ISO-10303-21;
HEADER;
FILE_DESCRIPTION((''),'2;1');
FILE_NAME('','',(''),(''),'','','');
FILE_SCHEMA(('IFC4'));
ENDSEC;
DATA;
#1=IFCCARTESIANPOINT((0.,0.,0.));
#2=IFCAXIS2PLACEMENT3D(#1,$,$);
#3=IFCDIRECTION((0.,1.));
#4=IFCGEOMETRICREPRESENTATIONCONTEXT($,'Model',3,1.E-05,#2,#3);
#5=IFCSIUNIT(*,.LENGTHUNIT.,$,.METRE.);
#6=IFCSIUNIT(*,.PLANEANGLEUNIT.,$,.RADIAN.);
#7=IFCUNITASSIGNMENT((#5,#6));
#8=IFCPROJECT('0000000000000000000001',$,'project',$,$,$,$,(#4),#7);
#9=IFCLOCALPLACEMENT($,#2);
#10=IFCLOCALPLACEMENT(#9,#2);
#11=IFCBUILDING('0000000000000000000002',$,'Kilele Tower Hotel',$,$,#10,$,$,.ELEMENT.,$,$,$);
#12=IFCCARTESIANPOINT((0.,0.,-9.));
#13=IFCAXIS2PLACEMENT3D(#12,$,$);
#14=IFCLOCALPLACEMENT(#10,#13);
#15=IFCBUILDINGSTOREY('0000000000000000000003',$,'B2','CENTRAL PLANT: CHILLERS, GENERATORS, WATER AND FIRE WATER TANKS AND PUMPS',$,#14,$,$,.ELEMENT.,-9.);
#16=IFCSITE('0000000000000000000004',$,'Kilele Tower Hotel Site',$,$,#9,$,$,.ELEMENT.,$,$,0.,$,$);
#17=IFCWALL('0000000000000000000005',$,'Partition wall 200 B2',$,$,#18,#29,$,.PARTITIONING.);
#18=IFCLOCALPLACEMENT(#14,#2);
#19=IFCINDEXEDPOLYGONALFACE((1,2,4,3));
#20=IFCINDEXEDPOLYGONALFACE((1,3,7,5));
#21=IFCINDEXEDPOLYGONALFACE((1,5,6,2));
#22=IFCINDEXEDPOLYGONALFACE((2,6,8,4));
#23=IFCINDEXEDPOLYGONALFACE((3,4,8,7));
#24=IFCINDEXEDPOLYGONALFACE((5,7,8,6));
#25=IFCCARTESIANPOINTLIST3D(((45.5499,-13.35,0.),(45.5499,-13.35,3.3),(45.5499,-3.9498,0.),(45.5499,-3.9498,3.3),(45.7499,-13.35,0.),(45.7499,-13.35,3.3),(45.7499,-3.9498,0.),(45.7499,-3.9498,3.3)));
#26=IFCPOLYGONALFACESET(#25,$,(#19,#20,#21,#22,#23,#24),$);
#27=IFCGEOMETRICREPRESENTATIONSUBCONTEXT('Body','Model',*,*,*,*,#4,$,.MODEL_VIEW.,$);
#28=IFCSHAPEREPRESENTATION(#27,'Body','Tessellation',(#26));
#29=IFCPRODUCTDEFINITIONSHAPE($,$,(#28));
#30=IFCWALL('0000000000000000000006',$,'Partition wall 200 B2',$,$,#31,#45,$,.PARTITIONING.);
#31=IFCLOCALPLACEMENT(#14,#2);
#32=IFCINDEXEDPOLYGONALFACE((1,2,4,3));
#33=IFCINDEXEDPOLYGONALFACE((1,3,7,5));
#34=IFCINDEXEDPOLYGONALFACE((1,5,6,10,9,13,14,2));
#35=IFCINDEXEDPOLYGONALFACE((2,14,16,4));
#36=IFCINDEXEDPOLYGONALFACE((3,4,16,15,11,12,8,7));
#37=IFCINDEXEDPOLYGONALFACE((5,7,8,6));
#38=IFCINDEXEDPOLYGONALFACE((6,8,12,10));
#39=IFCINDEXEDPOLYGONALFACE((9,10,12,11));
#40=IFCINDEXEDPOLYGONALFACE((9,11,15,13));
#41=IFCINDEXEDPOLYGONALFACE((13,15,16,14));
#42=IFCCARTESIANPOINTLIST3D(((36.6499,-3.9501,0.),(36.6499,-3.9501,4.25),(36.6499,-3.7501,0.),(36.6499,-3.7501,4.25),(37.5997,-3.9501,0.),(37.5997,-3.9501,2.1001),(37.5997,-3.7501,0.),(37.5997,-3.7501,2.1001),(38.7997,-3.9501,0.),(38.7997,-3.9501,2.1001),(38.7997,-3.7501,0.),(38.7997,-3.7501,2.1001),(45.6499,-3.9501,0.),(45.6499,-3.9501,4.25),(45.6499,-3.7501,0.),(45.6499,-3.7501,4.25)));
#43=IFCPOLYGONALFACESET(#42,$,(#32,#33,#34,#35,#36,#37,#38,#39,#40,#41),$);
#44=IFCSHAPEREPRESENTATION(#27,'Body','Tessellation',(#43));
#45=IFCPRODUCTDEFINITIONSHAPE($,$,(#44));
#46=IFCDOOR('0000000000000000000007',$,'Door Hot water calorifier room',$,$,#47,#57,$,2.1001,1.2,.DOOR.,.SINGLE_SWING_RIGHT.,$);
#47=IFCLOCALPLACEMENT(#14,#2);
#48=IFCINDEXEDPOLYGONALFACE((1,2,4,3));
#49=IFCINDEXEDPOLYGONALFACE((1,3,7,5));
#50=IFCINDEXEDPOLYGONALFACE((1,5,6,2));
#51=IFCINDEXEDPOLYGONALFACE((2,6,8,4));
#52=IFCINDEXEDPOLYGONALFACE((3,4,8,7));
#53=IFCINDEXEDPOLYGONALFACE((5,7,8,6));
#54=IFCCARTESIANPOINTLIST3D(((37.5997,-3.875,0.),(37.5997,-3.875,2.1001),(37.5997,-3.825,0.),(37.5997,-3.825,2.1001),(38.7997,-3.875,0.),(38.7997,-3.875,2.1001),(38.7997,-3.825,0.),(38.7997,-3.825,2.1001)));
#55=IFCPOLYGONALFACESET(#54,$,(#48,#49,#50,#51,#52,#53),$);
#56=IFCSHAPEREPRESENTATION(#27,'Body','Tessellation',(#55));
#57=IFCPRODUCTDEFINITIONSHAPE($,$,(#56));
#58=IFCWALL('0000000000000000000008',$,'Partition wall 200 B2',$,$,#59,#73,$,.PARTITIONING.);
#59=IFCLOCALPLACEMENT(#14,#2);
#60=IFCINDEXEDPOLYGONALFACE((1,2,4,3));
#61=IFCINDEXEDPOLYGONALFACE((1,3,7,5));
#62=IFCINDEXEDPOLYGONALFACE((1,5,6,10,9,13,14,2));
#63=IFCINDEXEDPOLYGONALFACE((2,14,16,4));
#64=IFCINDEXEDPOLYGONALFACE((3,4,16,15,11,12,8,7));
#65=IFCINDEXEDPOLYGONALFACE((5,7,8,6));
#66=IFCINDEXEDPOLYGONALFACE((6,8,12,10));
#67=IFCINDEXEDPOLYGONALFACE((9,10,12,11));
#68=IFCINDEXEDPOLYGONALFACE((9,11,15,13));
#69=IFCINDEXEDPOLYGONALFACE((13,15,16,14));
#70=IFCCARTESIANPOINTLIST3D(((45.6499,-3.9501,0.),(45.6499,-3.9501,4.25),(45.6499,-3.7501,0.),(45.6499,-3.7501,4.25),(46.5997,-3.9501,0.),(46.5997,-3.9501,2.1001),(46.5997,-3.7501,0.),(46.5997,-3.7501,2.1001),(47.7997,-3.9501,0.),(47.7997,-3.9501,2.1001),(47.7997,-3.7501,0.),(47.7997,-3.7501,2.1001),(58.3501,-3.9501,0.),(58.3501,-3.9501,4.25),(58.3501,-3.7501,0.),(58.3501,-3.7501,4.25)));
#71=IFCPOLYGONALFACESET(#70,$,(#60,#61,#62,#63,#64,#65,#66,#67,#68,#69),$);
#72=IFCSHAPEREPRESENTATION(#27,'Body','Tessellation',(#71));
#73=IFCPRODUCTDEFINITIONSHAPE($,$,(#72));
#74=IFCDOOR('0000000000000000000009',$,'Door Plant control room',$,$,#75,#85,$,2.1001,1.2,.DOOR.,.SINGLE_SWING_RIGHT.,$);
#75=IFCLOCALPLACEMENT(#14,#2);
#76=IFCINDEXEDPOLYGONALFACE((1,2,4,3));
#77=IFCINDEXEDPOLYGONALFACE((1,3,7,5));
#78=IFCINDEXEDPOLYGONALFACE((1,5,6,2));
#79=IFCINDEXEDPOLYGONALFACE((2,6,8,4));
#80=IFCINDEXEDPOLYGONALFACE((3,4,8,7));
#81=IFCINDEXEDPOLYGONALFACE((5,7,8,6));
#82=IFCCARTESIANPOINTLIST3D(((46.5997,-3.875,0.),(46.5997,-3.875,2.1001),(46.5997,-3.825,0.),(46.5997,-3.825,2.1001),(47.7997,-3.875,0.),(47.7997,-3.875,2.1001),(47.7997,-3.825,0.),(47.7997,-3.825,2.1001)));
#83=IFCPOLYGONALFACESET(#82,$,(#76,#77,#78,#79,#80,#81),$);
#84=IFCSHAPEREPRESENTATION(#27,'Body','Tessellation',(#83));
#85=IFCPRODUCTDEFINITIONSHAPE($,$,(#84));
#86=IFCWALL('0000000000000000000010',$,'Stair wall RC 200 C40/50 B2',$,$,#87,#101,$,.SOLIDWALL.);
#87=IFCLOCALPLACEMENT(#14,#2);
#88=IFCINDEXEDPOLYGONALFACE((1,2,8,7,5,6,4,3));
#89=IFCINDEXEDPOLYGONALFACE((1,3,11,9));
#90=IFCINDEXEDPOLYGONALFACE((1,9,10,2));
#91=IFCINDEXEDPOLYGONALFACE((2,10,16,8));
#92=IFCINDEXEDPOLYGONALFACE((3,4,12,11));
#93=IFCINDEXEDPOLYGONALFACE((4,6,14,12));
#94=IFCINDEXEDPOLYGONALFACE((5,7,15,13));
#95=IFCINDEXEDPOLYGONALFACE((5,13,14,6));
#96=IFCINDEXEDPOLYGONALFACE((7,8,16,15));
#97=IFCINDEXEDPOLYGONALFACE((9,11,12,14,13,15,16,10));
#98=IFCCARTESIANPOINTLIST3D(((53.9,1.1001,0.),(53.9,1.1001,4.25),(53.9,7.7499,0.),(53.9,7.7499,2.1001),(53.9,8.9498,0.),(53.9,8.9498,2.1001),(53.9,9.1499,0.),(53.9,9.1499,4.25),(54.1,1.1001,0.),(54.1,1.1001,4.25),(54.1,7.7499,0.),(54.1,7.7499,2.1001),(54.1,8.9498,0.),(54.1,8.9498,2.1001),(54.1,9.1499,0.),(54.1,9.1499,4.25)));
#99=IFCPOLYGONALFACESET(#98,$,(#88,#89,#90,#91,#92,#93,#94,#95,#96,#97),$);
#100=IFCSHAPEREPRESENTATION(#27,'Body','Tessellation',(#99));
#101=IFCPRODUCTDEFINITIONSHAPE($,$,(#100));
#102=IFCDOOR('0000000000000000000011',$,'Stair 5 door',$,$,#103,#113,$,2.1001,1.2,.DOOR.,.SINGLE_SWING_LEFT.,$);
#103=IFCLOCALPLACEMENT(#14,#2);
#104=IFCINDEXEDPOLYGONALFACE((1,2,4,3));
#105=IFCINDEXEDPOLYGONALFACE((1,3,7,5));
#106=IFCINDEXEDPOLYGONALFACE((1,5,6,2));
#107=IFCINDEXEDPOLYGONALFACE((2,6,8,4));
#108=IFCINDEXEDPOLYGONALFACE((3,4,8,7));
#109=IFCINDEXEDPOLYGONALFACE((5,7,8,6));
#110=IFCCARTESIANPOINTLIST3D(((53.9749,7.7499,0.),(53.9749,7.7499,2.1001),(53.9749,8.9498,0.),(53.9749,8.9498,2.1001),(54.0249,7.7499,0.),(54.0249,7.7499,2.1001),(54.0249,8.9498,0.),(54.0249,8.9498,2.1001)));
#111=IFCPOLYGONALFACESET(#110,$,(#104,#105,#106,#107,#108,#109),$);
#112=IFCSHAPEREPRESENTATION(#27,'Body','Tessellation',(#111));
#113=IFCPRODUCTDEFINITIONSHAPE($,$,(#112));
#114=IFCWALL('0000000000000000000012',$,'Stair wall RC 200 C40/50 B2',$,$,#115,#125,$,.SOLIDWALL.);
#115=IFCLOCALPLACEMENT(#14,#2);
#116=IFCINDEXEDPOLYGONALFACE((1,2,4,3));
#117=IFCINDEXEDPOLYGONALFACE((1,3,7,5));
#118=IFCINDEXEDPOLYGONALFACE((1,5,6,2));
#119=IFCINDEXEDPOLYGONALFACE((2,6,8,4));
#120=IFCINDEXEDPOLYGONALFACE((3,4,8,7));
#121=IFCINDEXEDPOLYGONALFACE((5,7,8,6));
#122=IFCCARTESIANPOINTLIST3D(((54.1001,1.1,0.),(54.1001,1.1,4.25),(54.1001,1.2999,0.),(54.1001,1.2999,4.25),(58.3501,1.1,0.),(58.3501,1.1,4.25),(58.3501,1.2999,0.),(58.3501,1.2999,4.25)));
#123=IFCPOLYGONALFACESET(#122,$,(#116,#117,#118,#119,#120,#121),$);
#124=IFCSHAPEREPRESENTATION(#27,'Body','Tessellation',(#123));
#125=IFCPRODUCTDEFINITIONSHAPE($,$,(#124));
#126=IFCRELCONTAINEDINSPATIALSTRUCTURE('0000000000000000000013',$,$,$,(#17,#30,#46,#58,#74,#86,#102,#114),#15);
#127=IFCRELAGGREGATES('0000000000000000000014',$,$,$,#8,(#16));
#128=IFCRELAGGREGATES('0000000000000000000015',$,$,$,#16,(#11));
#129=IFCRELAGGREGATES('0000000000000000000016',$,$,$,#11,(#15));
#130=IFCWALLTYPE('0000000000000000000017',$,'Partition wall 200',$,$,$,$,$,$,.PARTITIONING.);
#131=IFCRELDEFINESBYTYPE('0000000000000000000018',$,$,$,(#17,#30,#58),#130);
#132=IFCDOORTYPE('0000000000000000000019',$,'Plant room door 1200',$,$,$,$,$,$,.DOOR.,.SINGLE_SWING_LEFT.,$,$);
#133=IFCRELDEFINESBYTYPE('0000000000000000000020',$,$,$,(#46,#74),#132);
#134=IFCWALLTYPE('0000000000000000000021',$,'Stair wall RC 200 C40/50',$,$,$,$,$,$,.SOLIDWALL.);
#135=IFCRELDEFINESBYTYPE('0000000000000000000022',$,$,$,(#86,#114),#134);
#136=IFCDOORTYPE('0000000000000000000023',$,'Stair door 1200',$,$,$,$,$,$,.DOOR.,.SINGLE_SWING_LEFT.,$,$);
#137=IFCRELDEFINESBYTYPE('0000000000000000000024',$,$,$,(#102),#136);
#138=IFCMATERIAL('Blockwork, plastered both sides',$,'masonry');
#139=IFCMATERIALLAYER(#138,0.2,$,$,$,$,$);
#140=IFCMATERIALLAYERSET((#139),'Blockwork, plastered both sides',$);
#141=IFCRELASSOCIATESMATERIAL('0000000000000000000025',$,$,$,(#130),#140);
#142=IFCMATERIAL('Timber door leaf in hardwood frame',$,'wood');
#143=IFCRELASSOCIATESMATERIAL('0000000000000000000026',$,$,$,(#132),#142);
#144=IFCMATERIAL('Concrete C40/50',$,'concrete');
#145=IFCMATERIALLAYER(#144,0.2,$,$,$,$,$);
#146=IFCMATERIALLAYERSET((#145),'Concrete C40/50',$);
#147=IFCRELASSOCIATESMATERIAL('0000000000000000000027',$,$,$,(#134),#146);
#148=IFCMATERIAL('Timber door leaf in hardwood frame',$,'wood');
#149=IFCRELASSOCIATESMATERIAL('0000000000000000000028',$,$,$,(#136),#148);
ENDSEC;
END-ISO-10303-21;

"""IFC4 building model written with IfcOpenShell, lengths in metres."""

from ifc_helpers import new_model, si_unit, direction, frame, frame_2d, origin, place, context, subcontext, project, spatial, rectangle, extrude, material, layer, layer_set, type_object, element, fill, save


model = new_model("IFC4")

# Units and contexts
model_context = context("Model", 3, precision=1e-05, world=origin(), true_north=direction((0.0, 1.0)))
body_context = subcontext(model_context, "Body", "Model", "MODEL_VIEW")
ifc_project = project(units=[si_unit("LENGTHUNIT", "METRE"), si_unit("PLANEANGLEUNIT", "RADIAN")], contexts=[model_context])

# Site, building, storey
site_placement = place(None, origin())
site = spatial("IfcSite", under=ifc_project, at=site_placement, Name="Kilele Tower Hotel Site", CompositionType="ELEMENT", RefElevation=0.0)
building_placement = place(site_placement, origin())
building = spatial("IfcBuilding", under=site, at=building_placement, Name="Kilele Tower Hotel", CompositionType="ELEMENT")
storey_placement = place(building_placement, frame((0.0, 0.0, -9.0)))
storey = spatial("IfcBuildingStorey", under=building, at=storey_placement, Name="B2", Description="CENTRAL PLANT: CHILLERS, GENERATORS, WATER AND FIRE WATER TANKS AND PUMPS", CompositionType="ELEMENT", Elevation=-9.0)

# Wall
ifc_material_1 = material(Name="Blockwork, plastered both sides", Category="masonry")
ifc_layer_1 = layer(ifc_material_1, 0.2)
ifc_layer_set_1 = layer_set([ifc_layer_1], Name="Blockwork, plastered both sides")
wall_type_1 = type_object("IfcWallType", Name="Partition wall 200", PredefinedType="PARTITIONING", material=ifc_layer_set_1)
wall_1_placement = place(storey_placement, frame((45.6499, -13.3501, 0.0), z_axis=(0.0, 0.0, 1.0), x_axis=(0.0, 1.0, 0.0)))
element("IfcWall", 1, at=wall_1_placement, inside=storey, type_object=wall_type_1, Name="Partition wall 200 B2", PredefinedType="PARTITIONING", context=body_context, shape_type="SweptSolid", body=[
    extrude(rectangle(XDim=9.4001, YDim=0.2, at=frame_2d((4.7002, 0.0))), origin(), (0.0, 0.0, 1.0), 3.3),
])

# Walls, openings, doors
wall_2_placement = place(storey_placement, frame((36.6499, -3.8501, 0.0), z_axis=(0.0, 0.0, 1.0), x_axis=(1.0, 0.0, 0.0)))
wall_2 = element("IfcWall", 2, at=wall_2_placement, inside=storey, type_object=wall_type_1, Name="Partition wall 200 B2", PredefinedType="PARTITIONING", context=body_context, shape_type="SweptSolid", body=[
    extrude(rectangle(XDim=9.0, YDim=0.2, at=frame_2d((4.5, 0.0))), origin(), (0.0, 0.0, 1.0), 4.25),
])
opening_1_placement = place(wall_2_placement, frame((2.1499, 0.0, 0.0), z_axis=(0.0, 0.0, 1.0), x_axis=(-1.0, 0.0, 0.0)))
opening_1 = element("IfcOpeningElement", 3, at=opening_1_placement, cuts=wall_2, PredefinedType="OPENING", context=body_context, shape_type="SweptSolid", body=[
    extrude(rectangle(XDim=1.2, YDim=2.1001, at=frame_2d((0.6001, 1.05))), frame((0.0, 0.1099, 0.0), z_axis=(0.0, -1.0, 0.0), x_axis=(1.0, 0.0, 0.0)), (0.0, 0.0, 1.0), 0.22),
])
ifc_material_2 = material(Name="Timber door leaf in hardwood frame", Category="wood")
door_type_1 = type_object("IfcDoorType", Name="Plant room door 1200", OperationType="SINGLE_SWING_LEFT", PredefinedType="DOOR", material=ifc_material_2)
door_1_placement = place(opening_1_placement, origin())
door_1 = element("IfcDoor", 4, at=door_1_placement, inside=storey, type_object=door_type_1, Name="Door Hot water calorifier room", OperationType="SINGLE_SWING_RIGHT", OverallHeight=2.1001, OverallWidth=1.2, PredefinedType="DOOR", context=body_context, shape_type="SweptSolid", body=[
    extrude(rectangle(XDim=1.2, YDim=2.1001, at=frame_2d((0.6001, 1.05))), frame((0.0, 0.0249, 0.0), z_axis=(0.0, -1.0, 0.0), x_axis=(1.0, 0.0, 0.0)), (0.0, 0.0, 1.0), 0.05),
])
fill(opening_1, door_1)
wall_3_placement = place(storey_placement, frame((45.6499, -3.8501, 0.0), z_axis=(0.0, 0.0, 1.0), x_axis=(1.0, 0.0, 0.0)))
wall_3 = element("IfcWall", 5, at=wall_3_placement, inside=storey, type_object=wall_type_1, Name="Partition wall 200 B2", PredefinedType="PARTITIONING", context=body_context, shape_type="SweptSolid", body=[
    extrude(rectangle(XDim=12.7002, YDim=0.2, at=frame_2d((6.3501, 0.0))), origin(), (0.0, 0.0, 1.0), 4.25),
])
opening_2_placement = place(wall_3_placement, frame((2.1499, 0.0, 0.0), z_axis=(0.0, 0.0, 1.0), x_axis=(-1.0, 0.0, 0.0)))
opening_2 = element("IfcOpeningElement", 6, at=opening_2_placement, cuts=wall_3, PredefinedType="OPENING", context=body_context, shape_type="SweptSolid", body=[
    extrude(rectangle(XDim=1.2, YDim=2.1001, at=frame_2d((0.6001, 1.05))), frame((0.0, 0.1099, 0.0), z_axis=(0.0, -1.0, 0.0), x_axis=(1.0, 0.0, 0.0)), (0.0, 0.0, 1.0), 0.22),
])
door_2_placement = place(opening_2_placement, origin())
door_2 = element("IfcDoor", 7, at=door_2_placement, inside=storey, type_object=door_type_1, Name="Door Plant control room", OperationType="SINGLE_SWING_RIGHT", OverallHeight=2.1001, OverallWidth=1.2, PredefinedType="DOOR", context=body_context, shape_type="SweptSolid", body=[
    extrude(rectangle(XDim=1.2, YDim=2.1001, at=frame_2d((0.6001, 1.05))), frame((0.0, 0.0249, 0.0), z_axis=(0.0, -1.0, 0.0), x_axis=(1.0, 0.0, 0.0)), (0.0, 0.0, 1.0), 0.05),
])
fill(opening_2, door_2)
ifc_material_3 = material(Name="Concrete C40/50", Category="concrete")
ifc_layer_2 = layer(ifc_material_3, 0.2)
ifc_layer_set_2 = layer_set([ifc_layer_2], Name="Concrete C40/50")
wall_type_2 = type_object("IfcWallType", Name="Stair wall RC 200 C40/50", PredefinedType="SOLIDWALL", material=ifc_layer_set_2)
wall_4_placement = place(storey_placement, frame((54.0, 1.1001, 0.0), z_axis=(0.0, 0.0, 1.0), x_axis=(0.0, 1.0, 0.0)))
wall_4 = element("IfcWall", 8, at=wall_4_placement, inside=storey, type_object=wall_type_2, Name="Stair wall RC 200 C40/50 B2", PredefinedType="SOLIDWALL", context=body_context, shape_type="SweptSolid", body=[
    extrude(rectangle(XDim=8.0498, YDim=0.2, at=frame_2d((4.0249, 0.0))), origin(), (0.0, 0.0, 1.0), 4.25),
])
opening_3_placement = place(wall_4_placement, frame((7.8499, 0.0, 0.0), z_axis=(0.0, 0.0, 1.0), x_axis=(-1.0, 0.0, 0.0)))
opening_3 = element("IfcOpeningElement", 9, at=opening_3_placement, cuts=wall_4, PredefinedType="OPENING", context=body_context, shape_type="SweptSolid", body=[
    extrude(rectangle(XDim=1.2, YDim=2.1001, at=frame_2d((0.6001, 1.05))), frame((0.0, 0.1099, 0.0), z_axis=(0.0, -1.0, 0.0), x_axis=(1.0, 0.0, 0.0)), (0.0, 0.0, 1.0), 0.22),
])
ifc_material_4 = material(Name="Timber door leaf in hardwood frame", Category="wood")
door_type_2 = type_object("IfcDoorType", Name="Stair door 1200", OperationType="SINGLE_SWING_LEFT", PredefinedType="DOOR", material=ifc_material_4)
door_3_placement = place(opening_3_placement, origin())
door_3 = element("IfcDoor", 10, at=door_3_placement, inside=storey, type_object=door_type_2, Name="Stair 5 door", OperationType="SINGLE_SWING_LEFT", OverallHeight=2.1001, OverallWidth=1.2, PredefinedType="DOOR", context=body_context, shape_type="SweptSolid", body=[
    extrude(rectangle(XDim=1.2, YDim=2.1001, at=frame_2d((0.6001, 1.05))), frame((0.0, 0.0249, 0.0), z_axis=(0.0, -1.0, 0.0), x_axis=(1.0, 0.0, 0.0)), (0.0, 0.0, 1.0), 0.05),
])
fill(opening_3, door_3)

# Wall
wall_5_placement = place(storey_placement, frame((54.1001, 1.2, 0.0), z_axis=(0.0, 0.0, 1.0), x_axis=(1.0, 0.0, 0.0)))
element("IfcWall", 11, at=wall_5_placement, inside=storey, type_object=wall_type_2, Name="Stair wall RC 200 C40/50 B2", PredefinedType="SOLIDWALL", context=body_context, shape_type="SweptSolid", body=[
    extrude(rectangle(XDim=4.25, YDim=0.2, at=frame_2d((2.125, 0.0))), origin(), (0.0, 0.0, 1.0), 4.25),
])

save(model, "model.ifc")
